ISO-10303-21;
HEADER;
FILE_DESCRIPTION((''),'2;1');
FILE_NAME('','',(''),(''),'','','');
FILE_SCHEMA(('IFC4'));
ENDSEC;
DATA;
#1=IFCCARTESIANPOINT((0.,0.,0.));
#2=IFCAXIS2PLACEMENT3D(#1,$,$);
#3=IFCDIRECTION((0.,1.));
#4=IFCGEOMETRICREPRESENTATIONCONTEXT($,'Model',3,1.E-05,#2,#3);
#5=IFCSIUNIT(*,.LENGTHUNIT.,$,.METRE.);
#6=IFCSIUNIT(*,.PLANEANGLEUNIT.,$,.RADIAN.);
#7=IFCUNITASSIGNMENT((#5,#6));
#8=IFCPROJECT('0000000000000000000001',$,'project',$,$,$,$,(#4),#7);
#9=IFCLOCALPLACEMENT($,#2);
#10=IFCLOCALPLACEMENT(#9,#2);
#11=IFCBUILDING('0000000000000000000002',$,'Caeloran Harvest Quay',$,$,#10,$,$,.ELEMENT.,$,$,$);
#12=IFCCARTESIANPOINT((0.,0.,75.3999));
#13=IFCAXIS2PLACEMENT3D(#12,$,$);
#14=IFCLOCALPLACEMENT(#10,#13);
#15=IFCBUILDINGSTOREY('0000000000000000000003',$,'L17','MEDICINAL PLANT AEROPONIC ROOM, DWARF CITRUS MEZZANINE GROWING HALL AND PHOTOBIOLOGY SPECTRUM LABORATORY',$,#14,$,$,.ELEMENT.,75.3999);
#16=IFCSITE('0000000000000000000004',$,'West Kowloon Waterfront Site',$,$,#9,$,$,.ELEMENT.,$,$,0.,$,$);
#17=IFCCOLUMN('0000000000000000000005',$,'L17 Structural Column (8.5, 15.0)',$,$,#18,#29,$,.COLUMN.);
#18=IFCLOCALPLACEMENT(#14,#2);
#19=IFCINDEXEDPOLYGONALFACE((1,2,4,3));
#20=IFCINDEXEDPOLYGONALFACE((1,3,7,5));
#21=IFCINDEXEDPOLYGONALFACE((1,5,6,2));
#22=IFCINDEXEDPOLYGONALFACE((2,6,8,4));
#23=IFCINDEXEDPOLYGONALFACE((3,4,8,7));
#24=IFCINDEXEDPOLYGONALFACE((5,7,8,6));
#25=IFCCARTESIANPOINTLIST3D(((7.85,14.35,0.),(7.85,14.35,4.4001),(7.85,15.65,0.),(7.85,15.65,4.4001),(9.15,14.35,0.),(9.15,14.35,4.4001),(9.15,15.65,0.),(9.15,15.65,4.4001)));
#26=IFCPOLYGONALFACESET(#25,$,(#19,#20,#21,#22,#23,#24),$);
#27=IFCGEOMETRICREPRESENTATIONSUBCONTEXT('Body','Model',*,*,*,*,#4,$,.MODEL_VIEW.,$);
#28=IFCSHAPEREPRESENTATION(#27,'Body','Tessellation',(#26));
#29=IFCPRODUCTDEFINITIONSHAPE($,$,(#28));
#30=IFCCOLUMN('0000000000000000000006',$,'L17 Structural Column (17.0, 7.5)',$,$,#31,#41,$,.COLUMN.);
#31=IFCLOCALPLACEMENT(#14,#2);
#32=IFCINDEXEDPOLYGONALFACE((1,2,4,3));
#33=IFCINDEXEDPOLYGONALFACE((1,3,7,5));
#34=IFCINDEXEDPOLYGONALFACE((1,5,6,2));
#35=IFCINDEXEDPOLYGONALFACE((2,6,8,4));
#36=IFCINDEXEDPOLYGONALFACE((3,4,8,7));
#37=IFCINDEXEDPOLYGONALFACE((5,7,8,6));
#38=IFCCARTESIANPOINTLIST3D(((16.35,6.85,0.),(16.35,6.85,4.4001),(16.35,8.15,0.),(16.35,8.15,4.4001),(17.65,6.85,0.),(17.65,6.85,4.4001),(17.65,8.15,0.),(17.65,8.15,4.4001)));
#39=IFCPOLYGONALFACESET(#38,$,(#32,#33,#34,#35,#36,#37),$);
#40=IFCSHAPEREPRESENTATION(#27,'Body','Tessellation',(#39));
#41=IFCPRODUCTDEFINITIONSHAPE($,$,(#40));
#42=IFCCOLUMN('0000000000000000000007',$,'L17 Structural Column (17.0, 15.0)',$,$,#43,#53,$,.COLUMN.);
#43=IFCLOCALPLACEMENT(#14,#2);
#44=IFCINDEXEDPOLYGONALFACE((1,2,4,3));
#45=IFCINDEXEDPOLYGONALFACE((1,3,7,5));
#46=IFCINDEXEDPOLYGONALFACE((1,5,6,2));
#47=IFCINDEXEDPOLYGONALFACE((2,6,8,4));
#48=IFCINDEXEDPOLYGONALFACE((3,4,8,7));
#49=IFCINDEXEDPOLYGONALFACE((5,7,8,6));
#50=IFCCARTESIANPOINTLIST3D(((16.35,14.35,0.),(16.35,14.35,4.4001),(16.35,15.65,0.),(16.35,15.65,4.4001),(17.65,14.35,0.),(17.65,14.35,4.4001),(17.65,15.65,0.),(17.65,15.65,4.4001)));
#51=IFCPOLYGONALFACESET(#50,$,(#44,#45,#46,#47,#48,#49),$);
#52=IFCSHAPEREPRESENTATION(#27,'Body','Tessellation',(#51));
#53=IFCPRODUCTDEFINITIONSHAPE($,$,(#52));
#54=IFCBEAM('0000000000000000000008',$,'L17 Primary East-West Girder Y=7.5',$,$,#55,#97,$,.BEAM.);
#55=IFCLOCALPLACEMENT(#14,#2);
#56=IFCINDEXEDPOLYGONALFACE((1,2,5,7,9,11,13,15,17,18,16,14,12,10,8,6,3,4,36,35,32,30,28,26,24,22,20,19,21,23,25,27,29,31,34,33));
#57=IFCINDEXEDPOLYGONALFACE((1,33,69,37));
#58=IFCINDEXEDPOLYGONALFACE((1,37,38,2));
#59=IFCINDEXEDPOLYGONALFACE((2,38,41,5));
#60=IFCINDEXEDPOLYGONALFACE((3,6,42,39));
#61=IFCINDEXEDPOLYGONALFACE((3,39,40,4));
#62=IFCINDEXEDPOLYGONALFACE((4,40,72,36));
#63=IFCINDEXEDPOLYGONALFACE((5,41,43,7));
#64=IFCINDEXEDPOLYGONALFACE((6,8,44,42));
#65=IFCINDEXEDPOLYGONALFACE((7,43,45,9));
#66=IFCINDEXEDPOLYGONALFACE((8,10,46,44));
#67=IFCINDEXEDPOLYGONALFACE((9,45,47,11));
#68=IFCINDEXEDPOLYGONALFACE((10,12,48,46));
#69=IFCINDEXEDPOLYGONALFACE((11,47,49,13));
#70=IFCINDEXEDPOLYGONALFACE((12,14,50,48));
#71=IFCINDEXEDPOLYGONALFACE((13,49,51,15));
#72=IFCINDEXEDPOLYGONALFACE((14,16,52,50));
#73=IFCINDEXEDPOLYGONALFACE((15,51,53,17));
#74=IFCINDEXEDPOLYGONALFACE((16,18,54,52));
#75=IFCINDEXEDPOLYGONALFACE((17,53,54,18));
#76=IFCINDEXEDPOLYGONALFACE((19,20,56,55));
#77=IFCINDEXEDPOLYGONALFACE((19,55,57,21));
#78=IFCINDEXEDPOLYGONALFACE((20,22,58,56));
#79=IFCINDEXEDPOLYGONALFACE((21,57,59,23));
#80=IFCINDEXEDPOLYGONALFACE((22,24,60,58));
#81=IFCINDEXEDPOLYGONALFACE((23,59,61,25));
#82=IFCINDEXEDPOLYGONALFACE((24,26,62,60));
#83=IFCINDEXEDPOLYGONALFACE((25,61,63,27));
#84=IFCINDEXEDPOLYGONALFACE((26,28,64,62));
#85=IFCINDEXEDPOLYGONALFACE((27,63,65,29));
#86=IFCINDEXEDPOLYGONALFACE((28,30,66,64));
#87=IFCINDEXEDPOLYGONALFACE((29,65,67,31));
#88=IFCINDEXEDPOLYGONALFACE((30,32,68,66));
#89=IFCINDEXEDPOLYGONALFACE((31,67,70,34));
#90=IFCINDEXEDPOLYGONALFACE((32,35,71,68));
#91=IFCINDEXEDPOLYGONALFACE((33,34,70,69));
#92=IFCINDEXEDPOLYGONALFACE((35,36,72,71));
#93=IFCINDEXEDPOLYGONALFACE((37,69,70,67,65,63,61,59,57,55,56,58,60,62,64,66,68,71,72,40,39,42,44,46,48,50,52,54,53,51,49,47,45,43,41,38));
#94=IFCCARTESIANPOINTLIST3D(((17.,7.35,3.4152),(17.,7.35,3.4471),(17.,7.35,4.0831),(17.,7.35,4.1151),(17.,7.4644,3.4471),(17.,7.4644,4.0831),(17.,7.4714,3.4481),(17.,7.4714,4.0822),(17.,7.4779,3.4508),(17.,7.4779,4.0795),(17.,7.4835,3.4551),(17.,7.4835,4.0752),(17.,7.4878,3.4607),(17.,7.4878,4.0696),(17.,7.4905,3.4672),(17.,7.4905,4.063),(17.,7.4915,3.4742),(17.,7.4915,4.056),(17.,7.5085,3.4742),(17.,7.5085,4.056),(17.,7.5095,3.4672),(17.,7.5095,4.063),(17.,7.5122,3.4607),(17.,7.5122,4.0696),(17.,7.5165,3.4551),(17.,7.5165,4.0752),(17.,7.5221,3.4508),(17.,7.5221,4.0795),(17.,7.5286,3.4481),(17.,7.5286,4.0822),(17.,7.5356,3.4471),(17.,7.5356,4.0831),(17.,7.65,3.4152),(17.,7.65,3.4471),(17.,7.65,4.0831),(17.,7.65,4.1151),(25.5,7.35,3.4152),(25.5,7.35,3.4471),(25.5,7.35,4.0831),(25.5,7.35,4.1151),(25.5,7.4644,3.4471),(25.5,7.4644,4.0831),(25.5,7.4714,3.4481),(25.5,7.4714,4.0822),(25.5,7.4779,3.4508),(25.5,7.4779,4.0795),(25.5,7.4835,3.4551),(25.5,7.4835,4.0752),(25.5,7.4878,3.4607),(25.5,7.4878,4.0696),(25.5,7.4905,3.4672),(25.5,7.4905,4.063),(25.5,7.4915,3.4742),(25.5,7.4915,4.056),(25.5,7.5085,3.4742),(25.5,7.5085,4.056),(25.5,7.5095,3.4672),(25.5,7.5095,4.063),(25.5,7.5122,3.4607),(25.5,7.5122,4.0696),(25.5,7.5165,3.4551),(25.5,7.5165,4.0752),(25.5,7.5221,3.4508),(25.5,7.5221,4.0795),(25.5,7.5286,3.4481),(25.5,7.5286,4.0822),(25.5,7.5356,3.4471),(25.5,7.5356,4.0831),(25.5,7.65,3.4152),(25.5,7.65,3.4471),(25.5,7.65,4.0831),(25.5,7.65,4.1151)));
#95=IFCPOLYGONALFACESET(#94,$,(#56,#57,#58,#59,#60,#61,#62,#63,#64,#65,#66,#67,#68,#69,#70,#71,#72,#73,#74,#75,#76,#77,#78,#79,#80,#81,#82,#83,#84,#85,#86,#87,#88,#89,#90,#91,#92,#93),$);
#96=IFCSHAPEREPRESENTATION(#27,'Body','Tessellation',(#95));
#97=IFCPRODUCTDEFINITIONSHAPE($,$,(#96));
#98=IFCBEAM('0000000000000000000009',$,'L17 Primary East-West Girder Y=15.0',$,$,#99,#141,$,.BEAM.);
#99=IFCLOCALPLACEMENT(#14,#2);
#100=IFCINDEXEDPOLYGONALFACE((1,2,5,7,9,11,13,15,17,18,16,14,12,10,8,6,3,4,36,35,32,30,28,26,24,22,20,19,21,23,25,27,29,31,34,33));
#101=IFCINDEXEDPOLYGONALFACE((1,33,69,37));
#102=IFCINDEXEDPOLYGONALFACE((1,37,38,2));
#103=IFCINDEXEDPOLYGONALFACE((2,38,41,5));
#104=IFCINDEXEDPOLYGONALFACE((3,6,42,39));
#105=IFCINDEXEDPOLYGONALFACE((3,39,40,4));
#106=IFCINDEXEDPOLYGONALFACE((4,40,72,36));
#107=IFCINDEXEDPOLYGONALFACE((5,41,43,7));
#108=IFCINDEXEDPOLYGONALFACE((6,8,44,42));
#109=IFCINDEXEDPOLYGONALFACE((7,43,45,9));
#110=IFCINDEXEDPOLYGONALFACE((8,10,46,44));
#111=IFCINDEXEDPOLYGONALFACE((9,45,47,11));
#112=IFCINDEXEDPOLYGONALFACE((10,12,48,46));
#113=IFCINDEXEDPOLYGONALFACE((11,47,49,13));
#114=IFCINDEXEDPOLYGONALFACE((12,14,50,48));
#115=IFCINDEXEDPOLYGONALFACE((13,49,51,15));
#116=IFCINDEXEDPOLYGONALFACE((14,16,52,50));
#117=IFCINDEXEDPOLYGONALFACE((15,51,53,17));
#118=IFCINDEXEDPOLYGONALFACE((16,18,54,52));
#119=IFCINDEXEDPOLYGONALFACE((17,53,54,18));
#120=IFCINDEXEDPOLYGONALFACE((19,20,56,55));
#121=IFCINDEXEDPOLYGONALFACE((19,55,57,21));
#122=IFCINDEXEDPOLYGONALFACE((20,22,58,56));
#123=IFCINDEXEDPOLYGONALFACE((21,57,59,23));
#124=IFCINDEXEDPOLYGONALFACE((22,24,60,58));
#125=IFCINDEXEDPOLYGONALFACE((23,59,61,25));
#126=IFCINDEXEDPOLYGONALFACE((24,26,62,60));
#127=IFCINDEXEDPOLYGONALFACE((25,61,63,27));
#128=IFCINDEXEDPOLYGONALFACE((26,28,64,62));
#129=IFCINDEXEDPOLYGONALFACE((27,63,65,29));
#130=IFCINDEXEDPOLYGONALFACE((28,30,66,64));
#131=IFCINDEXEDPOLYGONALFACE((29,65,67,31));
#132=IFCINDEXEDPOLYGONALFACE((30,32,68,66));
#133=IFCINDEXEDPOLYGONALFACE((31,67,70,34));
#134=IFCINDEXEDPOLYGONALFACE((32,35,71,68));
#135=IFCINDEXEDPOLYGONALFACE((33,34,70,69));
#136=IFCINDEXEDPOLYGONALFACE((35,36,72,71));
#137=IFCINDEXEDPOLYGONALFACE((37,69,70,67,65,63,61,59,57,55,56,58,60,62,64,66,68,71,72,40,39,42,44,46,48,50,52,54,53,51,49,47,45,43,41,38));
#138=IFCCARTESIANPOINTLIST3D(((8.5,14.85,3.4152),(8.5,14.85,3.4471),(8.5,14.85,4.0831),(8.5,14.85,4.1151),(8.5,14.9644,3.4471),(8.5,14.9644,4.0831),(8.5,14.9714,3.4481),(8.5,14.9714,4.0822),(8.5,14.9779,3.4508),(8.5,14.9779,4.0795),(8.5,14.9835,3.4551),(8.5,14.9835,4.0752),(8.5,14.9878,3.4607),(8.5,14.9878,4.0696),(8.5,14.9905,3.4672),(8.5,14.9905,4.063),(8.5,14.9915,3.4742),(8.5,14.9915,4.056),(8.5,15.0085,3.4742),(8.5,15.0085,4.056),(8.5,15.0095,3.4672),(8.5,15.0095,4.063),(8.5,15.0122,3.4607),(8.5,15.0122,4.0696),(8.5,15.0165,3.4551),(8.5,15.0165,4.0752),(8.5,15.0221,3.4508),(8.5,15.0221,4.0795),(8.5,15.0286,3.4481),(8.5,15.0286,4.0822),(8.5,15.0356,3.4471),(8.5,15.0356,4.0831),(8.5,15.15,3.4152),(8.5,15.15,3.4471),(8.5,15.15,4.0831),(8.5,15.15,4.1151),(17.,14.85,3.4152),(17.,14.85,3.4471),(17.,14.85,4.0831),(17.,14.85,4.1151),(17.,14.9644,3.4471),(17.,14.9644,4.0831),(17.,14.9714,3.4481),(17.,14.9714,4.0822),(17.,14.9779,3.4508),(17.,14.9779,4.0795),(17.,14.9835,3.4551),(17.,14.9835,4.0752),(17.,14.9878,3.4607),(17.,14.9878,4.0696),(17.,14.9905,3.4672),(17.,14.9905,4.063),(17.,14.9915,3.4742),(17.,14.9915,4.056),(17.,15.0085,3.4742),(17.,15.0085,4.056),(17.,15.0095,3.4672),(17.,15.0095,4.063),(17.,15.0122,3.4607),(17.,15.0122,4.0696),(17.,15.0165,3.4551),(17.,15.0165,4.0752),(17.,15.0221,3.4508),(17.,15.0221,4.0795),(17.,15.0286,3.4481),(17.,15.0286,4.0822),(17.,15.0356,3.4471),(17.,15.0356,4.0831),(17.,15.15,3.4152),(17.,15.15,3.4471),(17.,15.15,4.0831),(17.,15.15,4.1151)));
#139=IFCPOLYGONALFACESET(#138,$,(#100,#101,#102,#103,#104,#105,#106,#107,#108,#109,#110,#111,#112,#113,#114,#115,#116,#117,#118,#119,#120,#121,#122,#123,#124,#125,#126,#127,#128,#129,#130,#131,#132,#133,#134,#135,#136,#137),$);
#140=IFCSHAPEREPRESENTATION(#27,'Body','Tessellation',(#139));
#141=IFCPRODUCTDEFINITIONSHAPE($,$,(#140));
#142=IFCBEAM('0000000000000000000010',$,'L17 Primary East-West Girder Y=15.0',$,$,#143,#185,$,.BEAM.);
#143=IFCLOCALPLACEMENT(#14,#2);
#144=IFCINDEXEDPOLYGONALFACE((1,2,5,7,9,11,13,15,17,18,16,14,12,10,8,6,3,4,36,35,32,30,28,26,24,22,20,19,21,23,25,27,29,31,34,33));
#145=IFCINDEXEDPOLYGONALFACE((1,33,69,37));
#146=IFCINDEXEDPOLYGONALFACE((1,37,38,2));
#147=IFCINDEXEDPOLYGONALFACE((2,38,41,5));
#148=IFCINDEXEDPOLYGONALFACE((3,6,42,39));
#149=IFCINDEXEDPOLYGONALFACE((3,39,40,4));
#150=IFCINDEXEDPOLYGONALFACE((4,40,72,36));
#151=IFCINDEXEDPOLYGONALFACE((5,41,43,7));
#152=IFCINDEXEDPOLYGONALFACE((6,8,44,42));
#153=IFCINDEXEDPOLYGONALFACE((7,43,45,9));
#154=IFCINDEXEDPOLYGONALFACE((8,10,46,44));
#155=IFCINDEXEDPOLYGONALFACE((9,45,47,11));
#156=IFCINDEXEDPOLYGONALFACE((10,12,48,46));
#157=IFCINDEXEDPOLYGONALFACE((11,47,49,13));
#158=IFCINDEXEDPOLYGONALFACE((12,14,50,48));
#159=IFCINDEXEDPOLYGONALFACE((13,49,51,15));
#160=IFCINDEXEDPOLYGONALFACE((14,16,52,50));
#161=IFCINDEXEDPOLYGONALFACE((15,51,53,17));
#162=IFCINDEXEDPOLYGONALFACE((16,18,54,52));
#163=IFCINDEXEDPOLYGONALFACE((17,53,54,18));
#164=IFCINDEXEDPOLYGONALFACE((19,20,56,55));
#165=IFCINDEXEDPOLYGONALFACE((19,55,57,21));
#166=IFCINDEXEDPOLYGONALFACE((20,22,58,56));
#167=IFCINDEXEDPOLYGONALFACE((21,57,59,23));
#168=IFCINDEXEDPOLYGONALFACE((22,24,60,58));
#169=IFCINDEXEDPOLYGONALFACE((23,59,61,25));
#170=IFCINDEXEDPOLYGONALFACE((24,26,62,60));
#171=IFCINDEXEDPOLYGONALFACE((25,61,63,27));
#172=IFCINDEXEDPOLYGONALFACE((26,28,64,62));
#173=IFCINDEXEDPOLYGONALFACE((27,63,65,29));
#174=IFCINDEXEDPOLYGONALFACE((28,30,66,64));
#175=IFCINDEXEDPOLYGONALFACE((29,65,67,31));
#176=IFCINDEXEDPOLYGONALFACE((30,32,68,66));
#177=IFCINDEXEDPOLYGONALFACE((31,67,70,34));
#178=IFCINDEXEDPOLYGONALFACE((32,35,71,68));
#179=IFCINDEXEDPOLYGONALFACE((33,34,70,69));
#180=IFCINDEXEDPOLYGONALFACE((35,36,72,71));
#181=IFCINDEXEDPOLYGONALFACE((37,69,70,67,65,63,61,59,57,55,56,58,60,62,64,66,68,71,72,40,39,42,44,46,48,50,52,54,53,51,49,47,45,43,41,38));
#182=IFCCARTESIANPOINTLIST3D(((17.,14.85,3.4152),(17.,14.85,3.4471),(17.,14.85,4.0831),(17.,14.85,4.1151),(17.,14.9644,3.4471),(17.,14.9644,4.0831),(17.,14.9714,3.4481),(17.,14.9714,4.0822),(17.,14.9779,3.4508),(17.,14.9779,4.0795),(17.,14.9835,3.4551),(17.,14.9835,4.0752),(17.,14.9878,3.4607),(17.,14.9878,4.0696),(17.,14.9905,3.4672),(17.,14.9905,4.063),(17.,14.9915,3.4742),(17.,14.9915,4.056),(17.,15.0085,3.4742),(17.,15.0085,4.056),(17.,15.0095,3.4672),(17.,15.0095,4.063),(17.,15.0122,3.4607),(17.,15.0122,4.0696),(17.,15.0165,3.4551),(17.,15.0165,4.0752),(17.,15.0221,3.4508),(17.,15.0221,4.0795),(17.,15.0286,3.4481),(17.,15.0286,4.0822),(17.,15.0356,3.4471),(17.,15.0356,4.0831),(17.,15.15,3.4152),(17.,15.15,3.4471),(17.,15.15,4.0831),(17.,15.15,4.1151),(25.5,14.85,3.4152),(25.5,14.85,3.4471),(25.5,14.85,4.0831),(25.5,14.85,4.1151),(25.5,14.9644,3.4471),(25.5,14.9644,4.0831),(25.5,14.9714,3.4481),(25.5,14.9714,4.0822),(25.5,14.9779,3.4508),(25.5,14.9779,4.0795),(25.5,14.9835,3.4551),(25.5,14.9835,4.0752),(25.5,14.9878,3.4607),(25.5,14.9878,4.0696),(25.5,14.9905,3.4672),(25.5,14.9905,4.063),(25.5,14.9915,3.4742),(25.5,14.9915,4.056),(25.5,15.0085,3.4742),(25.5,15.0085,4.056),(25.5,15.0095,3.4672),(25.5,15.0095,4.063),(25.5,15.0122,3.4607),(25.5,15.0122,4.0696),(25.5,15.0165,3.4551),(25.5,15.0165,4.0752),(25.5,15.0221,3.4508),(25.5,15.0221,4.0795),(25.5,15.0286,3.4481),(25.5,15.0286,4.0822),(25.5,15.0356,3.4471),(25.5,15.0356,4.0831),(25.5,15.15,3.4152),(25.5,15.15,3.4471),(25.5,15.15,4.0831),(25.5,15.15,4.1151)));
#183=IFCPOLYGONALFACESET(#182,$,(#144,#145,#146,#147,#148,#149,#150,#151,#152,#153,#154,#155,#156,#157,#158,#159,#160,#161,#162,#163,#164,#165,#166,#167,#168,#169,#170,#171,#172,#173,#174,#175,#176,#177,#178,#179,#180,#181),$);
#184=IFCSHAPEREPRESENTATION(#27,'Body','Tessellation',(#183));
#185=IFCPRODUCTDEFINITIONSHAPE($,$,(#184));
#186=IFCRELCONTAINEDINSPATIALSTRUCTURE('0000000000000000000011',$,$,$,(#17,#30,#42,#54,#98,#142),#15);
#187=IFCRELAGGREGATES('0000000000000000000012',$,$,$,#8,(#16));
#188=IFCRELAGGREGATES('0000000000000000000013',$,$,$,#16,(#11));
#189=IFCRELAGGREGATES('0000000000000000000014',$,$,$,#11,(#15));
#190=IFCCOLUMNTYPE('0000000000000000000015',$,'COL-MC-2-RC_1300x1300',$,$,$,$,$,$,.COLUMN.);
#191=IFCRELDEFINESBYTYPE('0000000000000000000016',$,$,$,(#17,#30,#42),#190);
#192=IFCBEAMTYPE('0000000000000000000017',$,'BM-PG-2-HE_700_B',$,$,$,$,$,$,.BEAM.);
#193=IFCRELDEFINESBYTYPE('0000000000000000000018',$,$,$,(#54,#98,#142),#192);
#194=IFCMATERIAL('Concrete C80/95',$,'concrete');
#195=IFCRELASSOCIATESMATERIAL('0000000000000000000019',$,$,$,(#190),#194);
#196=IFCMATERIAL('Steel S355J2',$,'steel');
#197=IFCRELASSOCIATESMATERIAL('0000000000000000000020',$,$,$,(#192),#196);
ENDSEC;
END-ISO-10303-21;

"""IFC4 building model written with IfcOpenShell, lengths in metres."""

from ifc_helpers import new_model, si_unit, direction, frame, origin, origin_2d, place, context, subcontext, project, spatial, rectangle, i_section, extrude, material, material_profile, profile_set, type_object, element, save


model = new_model("IFC4")

# Units and contexts
model_context = context("Model", 3, precision=1e-05, world=origin(), true_north=direction((0.0, 1.0)))
body_context = subcontext(model_context, "Body", "Model", "MODEL_VIEW")
ifc_project = project(units=[si_unit("LENGTHUNIT", "METRE"), si_unit("PLANEANGLEUNIT", "RADIAN")], contexts=[model_context])

# Site, building, storey
site_placement = place(None, origin())
site = spatial("IfcSite", under=ifc_project, at=site_placement, Name="West Kowloon Waterfront Site", CompositionType="ELEMENT", RefElevation=0.0)
building_placement = place(site_placement, origin())
building = spatial("IfcBuilding", under=site, at=building_placement, Name="Caeloran Harvest Quay", CompositionType="ELEMENT")
storey_placement = place(building_placement, frame((0.0, 0.0, 75.3999)))
storey = spatial("IfcBuildingStorey", under=building, at=storey_placement, Name="L17", Description="MEDICINAL PLANT AEROPONIC ROOM, DWARF CITRUS MEZZANINE GROWING HALL AND PHOTOBIOLOGY SPECTRUM LABORATORY", CompositionType="ELEMENT", Elevation=75.3999)

# Columns
ifc_material_1 = material(Name="Concrete C80/95", Category="concrete")
ifc_material_profile_1 = material_profile(ifc_material_1, rectangle(XDim=1.3, YDim=1.3, at=origin_2d()), Name="RC 1300x1300")
ifc_profile_set_1 = profile_set([ifc_material_profile_1], Name="Concrete C80/95")
column_type = type_object("IfcColumnType", Name="COL-MC-2-RC_1300x1300", PredefinedType="COLUMN", material=ifc_profile_set_1)
for number, where, z_axis, x_axis, name in (
    (1, (8.5, 15.0, 0.0), (0.0, 0.0, 1.0), (1.0, 0.0, 0.0), "L17 Structural Column (8.5, 15.0)"),
    (2, (17.0, 7.5, 0.0), (0.0, 0.0, 1.0), (1.0, 0.0, 0.0), "L17 Structural Column (17.0, 7.5)"),
    (3, (17.0, 15.0, 0.0), (0.0, 0.0, 1.0), (1.0, 0.0, 0.0), "L17 Structural Column (17.0, 15.0)"),
):
    element("IfcColumn", number, at=place(storey_placement, frame(where, z_axis=z_axis, x_axis=x_axis)), inside=storey, type_object=column_type, Name=name, PredefinedType="COLUMN", context=body_context, shape_type="SweptSolid", body=[
        extrude(rectangle(XDim=1.3, YDim=1.3, at=origin_2d()), origin(), (0.0, 0.0, 1.0), 4.4001),
    ])

# Beams
ifc_material_2 = material(Name="Steel S355J2", Category="steel")
ifc_material_profile_2 = material_profile(ifc_material_2, i_section(OverallWidth=0.3, OverallDepth=0.7, WebThickness=0.0171, FlangeThickness=0.032, FilletRadius=0.0271, at=origin_2d()), Name="HE 700 B")
ifc_profile_set_2 = profile_set([ifc_material_profile_2], Name="Steel S355J2")
beam_type_1 = type_object("IfcBeamType", Name="BM-PG-2-HE_700_B", PredefinedType="BEAM", material=ifc_profile_set_2)
for number, where, z_axis, x_axis, name in (
    (4, (17.0, 7.5, 3.7651), (1.0, 0.0, 0.0), (0.0, 1.0, 0.0), "L17 Primary East-West Girder Y=7.5"),
    (5, (8.5, 15.0, 3.7651), (1.0, 0.0, 0.0), (0.0, 1.0, 0.0), "L17 Primary East-West Girder Y=15.0"),
    (6, (17.0, 15.0, 3.7651), (1.0, 0.0, 0.0), (0.0, 1.0, 0.0), "L17 Primary East-West Girder Y=15.0"),
):
    element("IfcBeam", number, at=place(storey_placement, frame(where, z_axis=z_axis, x_axis=x_axis)), inside=storey, type_object=beam_type_1, Name=name, PredefinedType="BEAM", context=body_context, shape_type="SweptSolid", body=[
        extrude(i_section(OverallWidth=0.3, OverallDepth=0.7, WebThickness=0.0171, FlangeThickness=0.032, FilletRadius=0.0271, at=origin_2d()), origin(), (0.0, 0.0, 1.0), 8.5),
    ])

save(model, "model.ifc")
